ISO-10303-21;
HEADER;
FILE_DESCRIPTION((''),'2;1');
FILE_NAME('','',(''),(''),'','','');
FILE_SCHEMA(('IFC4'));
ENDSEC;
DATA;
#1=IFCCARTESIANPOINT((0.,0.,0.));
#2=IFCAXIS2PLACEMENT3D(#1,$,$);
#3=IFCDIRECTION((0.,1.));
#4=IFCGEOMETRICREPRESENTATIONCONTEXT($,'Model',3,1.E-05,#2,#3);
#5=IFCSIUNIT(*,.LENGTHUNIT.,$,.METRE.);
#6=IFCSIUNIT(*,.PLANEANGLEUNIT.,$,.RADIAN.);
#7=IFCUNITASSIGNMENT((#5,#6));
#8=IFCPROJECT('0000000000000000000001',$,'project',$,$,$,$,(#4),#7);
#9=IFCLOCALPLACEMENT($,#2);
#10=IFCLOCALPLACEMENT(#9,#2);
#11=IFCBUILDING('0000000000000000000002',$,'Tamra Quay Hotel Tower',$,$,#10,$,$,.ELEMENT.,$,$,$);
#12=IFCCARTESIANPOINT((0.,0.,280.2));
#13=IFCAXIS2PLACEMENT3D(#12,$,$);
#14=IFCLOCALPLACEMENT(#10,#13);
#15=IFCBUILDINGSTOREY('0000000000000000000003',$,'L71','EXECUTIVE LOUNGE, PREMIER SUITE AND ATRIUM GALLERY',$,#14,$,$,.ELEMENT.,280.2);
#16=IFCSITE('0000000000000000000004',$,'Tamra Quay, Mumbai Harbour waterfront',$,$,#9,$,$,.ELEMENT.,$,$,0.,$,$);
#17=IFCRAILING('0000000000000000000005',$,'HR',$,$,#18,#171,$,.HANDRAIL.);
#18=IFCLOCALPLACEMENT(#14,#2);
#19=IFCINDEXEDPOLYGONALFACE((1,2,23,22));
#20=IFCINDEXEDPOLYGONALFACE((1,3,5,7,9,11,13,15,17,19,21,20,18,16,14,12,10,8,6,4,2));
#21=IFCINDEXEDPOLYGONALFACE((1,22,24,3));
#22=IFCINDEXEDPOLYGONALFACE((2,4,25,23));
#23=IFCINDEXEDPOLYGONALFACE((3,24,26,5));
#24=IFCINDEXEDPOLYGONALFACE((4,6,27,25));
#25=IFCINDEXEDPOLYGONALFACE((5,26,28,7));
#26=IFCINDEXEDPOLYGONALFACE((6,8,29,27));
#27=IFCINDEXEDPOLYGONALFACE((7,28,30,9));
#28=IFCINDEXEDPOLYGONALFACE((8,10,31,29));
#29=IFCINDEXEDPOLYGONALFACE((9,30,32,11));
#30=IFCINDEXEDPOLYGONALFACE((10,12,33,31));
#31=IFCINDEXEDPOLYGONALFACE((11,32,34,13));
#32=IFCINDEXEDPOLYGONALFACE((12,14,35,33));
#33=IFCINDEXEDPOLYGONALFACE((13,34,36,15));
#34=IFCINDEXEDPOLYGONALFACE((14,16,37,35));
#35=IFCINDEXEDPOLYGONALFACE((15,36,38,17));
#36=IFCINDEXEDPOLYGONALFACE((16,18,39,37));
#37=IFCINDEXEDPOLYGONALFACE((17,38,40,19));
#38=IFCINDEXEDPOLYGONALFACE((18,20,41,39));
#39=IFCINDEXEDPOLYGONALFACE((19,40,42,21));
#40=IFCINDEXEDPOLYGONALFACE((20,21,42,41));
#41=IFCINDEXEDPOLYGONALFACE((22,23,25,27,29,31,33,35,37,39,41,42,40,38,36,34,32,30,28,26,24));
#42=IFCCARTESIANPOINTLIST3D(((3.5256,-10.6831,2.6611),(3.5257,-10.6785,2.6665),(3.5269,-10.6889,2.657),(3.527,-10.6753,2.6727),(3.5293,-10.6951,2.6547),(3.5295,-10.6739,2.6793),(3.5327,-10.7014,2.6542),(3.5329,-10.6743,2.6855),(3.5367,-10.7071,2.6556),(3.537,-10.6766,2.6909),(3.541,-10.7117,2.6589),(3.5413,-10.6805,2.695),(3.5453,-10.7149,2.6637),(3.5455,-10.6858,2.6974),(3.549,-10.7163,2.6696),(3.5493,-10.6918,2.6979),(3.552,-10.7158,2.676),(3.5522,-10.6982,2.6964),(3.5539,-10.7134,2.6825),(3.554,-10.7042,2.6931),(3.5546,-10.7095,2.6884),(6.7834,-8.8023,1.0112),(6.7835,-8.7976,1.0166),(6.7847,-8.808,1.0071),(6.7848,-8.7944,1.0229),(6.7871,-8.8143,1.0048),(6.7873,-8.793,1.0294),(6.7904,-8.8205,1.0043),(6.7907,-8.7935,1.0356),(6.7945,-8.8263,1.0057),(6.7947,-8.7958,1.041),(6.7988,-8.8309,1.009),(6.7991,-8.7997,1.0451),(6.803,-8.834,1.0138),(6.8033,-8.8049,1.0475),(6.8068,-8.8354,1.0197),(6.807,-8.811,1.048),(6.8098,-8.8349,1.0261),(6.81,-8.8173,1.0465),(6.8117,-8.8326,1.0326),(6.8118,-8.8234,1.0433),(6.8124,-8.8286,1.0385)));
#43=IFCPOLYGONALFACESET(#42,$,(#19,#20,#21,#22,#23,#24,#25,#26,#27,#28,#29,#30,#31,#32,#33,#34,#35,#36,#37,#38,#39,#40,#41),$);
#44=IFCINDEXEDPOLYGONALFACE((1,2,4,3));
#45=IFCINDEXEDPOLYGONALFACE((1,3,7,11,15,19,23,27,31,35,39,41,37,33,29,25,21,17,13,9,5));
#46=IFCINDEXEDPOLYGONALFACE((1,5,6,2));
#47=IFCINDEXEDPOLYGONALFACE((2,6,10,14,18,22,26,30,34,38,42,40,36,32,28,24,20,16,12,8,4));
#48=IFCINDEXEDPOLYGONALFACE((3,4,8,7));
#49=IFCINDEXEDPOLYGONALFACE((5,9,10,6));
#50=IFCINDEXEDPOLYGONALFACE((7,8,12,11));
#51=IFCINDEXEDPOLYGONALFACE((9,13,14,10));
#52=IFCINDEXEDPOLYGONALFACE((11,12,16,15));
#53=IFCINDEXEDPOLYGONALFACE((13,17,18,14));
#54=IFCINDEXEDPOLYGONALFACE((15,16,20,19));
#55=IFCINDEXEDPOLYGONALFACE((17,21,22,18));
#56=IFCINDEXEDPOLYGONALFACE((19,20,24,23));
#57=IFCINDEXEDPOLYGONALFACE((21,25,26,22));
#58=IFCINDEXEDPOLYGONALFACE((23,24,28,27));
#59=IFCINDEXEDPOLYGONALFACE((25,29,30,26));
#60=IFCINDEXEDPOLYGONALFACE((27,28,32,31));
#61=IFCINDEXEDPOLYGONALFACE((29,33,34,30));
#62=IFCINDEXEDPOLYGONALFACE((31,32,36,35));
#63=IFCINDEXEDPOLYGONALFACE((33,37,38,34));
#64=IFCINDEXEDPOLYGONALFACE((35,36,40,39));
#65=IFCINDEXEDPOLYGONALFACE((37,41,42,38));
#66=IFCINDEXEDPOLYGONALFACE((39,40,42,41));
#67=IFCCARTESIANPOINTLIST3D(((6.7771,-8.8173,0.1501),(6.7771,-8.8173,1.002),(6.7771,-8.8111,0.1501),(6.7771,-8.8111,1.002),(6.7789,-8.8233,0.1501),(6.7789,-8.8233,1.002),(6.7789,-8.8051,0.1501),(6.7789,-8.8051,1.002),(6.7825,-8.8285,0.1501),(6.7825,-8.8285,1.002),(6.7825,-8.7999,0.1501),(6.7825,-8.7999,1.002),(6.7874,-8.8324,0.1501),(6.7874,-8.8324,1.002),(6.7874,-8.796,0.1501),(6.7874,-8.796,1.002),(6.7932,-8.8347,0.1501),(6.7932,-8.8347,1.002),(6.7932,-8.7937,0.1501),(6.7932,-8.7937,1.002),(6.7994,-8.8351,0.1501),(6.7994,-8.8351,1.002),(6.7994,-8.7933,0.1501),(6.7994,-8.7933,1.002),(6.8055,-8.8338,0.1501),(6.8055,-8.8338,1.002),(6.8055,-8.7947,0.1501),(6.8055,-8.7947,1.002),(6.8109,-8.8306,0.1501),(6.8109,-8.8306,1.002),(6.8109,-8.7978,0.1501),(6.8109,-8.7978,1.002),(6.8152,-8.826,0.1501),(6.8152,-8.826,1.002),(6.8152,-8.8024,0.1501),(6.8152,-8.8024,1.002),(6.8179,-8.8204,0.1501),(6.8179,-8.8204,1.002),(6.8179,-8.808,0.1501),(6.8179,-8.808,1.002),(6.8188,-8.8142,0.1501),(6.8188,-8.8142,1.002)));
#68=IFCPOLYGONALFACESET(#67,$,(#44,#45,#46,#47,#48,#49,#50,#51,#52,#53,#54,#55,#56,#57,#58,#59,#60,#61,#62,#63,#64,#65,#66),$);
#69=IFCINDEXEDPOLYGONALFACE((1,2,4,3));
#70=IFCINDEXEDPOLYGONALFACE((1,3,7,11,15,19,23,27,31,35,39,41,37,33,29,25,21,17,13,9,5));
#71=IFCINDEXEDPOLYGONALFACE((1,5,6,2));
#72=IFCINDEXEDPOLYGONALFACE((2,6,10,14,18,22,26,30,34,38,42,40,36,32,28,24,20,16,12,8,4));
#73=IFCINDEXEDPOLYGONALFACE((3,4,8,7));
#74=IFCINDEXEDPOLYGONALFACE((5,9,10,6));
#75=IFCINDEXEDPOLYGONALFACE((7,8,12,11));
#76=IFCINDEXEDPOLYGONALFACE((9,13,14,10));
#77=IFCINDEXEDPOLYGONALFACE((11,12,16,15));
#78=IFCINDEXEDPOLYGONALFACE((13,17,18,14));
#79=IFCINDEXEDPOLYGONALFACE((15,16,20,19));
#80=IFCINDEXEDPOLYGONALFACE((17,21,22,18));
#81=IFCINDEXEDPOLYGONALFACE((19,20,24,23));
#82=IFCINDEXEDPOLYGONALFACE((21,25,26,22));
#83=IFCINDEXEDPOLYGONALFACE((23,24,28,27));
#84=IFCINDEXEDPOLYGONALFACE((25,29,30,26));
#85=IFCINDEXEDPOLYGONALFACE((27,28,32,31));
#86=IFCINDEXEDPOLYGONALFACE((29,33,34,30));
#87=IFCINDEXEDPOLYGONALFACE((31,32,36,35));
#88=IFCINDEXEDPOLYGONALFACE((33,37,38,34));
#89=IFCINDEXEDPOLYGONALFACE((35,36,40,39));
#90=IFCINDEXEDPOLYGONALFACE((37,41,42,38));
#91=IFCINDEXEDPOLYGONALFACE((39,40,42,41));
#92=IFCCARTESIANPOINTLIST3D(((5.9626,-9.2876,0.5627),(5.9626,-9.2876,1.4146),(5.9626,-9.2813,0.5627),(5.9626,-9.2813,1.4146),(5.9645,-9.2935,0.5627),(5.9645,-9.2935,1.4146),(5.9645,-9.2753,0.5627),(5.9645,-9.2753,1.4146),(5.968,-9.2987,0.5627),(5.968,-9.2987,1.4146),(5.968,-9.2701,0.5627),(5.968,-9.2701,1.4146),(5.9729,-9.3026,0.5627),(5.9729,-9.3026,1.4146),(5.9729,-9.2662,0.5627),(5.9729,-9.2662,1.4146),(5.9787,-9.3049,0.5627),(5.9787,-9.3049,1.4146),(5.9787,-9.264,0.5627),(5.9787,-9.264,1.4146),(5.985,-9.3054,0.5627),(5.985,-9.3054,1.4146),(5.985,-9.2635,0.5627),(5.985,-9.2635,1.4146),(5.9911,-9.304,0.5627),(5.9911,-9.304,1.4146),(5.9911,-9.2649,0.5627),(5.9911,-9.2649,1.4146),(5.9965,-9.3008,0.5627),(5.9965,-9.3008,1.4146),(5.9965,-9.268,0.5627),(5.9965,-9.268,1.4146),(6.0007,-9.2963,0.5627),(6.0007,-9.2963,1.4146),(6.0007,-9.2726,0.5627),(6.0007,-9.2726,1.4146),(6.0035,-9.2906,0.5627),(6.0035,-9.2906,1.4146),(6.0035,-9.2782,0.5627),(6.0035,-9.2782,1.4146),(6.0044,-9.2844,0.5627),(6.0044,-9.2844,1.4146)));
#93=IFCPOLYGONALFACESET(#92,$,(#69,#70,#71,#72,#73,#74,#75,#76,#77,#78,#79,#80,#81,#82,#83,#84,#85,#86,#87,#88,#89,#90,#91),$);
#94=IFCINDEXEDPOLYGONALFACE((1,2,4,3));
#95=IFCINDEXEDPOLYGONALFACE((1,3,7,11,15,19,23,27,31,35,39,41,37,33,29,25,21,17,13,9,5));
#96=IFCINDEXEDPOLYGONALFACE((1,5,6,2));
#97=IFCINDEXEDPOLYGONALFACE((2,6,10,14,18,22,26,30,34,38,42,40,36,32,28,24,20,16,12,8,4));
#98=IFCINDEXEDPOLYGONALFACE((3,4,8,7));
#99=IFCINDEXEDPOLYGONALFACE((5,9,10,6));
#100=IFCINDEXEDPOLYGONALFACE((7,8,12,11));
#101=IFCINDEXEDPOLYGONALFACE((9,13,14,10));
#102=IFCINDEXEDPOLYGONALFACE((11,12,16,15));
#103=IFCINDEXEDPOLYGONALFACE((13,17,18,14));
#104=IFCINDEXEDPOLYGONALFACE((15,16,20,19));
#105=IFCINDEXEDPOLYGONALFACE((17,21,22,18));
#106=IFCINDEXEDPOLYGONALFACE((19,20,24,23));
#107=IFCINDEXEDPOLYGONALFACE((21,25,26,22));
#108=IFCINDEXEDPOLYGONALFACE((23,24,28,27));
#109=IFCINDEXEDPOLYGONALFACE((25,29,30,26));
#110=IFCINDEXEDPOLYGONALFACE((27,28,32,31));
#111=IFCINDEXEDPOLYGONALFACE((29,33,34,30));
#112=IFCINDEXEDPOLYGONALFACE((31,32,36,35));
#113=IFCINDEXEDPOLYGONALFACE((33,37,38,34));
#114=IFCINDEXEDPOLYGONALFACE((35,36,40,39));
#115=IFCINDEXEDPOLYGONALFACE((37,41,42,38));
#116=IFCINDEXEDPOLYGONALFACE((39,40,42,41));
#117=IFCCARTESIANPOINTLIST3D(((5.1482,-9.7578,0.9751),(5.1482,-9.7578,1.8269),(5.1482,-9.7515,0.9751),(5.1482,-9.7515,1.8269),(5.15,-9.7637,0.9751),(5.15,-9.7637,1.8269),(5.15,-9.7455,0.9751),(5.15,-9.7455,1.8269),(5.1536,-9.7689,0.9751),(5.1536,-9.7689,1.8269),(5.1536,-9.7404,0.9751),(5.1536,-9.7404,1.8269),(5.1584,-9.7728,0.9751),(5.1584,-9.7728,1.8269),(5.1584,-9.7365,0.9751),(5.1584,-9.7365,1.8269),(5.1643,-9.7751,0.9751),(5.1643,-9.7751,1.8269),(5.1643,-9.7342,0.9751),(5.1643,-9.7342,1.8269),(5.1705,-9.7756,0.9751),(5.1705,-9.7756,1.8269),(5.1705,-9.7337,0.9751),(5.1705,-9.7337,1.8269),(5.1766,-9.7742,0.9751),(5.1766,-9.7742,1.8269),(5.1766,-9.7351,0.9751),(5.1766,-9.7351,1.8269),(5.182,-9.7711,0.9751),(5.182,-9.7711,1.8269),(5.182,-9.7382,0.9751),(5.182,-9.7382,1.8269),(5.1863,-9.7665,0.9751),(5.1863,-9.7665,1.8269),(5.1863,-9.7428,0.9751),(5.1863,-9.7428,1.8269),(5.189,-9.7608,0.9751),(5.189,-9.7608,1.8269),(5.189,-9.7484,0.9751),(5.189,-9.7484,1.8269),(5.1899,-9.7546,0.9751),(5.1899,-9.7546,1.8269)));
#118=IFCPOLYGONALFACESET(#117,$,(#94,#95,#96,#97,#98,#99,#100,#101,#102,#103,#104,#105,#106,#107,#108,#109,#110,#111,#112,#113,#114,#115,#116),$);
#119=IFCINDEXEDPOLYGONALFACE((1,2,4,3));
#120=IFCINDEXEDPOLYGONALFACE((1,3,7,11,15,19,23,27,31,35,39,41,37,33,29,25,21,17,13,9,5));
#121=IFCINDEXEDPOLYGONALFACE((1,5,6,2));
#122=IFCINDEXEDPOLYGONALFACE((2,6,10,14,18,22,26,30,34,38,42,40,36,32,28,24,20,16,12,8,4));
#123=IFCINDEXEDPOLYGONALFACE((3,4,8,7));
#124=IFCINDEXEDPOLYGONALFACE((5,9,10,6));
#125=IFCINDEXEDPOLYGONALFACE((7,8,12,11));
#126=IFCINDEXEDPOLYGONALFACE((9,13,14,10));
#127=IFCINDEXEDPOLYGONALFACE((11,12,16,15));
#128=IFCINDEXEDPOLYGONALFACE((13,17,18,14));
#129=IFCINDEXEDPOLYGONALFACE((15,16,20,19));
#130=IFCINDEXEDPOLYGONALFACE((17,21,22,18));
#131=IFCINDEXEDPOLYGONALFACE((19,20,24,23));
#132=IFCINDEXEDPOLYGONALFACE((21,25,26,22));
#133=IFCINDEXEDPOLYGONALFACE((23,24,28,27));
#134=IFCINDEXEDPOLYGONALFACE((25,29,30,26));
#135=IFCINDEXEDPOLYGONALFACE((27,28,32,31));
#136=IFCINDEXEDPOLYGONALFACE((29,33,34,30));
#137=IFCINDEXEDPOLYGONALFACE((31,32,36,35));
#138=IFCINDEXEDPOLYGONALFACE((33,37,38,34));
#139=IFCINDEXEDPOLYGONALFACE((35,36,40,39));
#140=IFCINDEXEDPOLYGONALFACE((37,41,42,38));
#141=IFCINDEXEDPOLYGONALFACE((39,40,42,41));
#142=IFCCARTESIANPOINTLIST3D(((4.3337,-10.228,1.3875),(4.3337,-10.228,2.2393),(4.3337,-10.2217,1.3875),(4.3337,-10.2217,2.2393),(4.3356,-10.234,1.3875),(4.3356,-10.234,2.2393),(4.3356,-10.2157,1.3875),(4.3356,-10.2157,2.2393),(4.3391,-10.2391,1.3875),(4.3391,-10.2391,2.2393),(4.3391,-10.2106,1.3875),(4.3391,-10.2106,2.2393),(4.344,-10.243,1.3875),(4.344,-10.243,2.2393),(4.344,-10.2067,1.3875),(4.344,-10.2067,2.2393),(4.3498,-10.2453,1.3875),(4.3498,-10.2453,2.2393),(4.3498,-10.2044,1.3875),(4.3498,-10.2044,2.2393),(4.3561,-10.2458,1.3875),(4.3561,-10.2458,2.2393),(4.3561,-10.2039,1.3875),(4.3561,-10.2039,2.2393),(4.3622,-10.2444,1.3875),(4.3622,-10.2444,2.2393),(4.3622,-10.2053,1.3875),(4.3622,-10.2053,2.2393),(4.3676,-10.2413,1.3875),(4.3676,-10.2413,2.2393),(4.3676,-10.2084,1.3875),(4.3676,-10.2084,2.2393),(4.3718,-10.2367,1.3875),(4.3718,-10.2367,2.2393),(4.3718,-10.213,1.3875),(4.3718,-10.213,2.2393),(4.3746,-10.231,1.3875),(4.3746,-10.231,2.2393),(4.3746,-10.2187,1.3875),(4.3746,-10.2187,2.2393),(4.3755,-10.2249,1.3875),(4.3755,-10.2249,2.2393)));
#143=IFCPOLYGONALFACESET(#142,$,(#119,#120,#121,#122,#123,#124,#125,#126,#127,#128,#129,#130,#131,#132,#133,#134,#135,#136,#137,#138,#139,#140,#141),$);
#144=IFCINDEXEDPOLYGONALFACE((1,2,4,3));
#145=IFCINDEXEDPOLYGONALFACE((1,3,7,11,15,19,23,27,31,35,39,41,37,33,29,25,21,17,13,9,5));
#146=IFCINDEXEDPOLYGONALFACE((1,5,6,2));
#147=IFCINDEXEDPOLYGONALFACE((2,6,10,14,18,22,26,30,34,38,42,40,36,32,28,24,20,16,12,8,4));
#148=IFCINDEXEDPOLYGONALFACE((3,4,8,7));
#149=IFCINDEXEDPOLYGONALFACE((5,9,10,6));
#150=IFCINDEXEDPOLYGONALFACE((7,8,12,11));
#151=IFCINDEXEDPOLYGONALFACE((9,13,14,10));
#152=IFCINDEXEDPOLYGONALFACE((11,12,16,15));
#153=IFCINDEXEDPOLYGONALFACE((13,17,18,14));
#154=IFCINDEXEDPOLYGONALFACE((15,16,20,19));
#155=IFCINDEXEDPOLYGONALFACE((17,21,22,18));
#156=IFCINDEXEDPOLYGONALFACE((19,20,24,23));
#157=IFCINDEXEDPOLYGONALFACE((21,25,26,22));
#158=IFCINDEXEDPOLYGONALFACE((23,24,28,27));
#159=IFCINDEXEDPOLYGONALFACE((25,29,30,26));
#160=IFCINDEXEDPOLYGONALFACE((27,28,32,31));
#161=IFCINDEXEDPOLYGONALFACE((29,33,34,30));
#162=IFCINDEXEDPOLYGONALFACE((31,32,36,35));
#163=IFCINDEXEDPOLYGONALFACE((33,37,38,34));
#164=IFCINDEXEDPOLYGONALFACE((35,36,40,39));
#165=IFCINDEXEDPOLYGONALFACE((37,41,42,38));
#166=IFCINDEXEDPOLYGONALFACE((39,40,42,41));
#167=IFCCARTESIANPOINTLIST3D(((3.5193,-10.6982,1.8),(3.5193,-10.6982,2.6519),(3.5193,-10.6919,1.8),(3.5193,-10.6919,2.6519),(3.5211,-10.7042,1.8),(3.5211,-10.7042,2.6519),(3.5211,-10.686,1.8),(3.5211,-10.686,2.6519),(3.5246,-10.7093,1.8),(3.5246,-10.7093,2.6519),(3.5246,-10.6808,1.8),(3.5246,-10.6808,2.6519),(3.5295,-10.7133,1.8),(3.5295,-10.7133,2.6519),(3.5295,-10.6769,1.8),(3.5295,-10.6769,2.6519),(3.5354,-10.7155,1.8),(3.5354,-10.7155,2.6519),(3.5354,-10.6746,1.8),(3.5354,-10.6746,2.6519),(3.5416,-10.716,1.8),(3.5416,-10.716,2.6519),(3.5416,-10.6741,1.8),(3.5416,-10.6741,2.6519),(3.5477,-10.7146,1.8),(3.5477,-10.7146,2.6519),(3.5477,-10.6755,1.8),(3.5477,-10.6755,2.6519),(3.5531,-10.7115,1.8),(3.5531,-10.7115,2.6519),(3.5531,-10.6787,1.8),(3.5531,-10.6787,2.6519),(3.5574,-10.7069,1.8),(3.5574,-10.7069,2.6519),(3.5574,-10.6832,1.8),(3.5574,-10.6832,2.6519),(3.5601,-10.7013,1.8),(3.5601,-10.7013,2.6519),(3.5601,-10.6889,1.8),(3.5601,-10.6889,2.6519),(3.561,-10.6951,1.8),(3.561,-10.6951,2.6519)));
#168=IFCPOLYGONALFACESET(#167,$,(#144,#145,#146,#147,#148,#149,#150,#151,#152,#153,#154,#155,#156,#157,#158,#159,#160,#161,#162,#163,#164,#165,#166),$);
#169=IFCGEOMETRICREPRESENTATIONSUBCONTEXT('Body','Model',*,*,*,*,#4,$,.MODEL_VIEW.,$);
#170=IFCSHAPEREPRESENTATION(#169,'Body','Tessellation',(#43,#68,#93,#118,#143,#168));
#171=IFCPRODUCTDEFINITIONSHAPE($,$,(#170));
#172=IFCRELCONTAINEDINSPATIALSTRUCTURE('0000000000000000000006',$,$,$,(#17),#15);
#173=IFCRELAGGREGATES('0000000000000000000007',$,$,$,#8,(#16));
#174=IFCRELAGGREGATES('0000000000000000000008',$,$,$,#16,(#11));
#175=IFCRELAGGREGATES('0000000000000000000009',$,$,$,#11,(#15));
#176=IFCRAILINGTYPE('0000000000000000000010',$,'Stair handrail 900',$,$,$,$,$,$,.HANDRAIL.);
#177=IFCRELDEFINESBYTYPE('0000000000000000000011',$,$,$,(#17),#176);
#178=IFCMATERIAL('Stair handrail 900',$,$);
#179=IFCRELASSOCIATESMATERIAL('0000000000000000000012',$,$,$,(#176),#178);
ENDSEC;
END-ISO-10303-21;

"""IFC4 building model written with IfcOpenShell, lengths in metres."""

from ifc_helpers import new_model, si_unit, direction, frame, origin, origin_2d, place, context, subcontext, project, spatial, circle, extrude, material, type_object, element, save


model = new_model("IFC4")

# Units and contexts
model_context = context("Model", 3, precision=1e-05, world=origin(), true_north=direction((0.0, 1.0)))
body_context = subcontext(model_context, "Body", "Model", "MODEL_VIEW")
ifc_project = project(units=[si_unit("LENGTHUNIT", "METRE"), si_unit("PLANEANGLEUNIT", "RADIAN")], contexts=[model_context])

# Site, building, storey
site_placement = place(None, origin())
site = spatial("IfcSite", under=ifc_project, at=site_placement, Name="Tamra Quay, Mumbai Harbour waterfront", CompositionType="ELEMENT", RefElevation=0.0)
building_placement = place(site_placement, origin())
building = spatial("IfcBuilding", under=site, at=building_placement, Name="Tamra Quay Hotel Tower", CompositionType="ELEMENT")
storey_placement = place(building_placement, frame((0.0, 0.0, 280.2)))
storey = spatial("IfcBuildingStorey", under=building, at=storey_placement, Name="L71", Description="EXECUTIVE LOUNGE, PREMIER SUITE AND ATRIUM GALLERY", CompositionType="ELEMENT", Elevation=280.2)

# Railing
ifc_material_1 = material(Name="Stair handrail 900")
railing_type_1 = type_object("IfcRailingType", Name="Stair handrail 900", PredefinedType="HANDRAIL", material=ifc_material_1)
railing_1_placement = place(storey_placement, frame((6.7979, -8.8142, 0.1501)))
element("IfcRailing", 1, at=railing_1_placement, inside=storey, type_object=railing_type_1, Name="HR", PredefinedType="HANDRAIL", context=body_context, shape_type="SweptSolid", body=[
    extrude(circle(Radius=0.0239, at=origin_2d()), frame((0.0, 0.0, 0.876), z_axis=(-0.7931, -0.457887, 0.401661), x_axis=(0.499992, -0.86603, 0.0)), (0.0, 0.0, 1.0), 4.1077),
    extrude(circle(Radius=0.021, at=origin_2d()), origin(), (0.0, 0.0, 1.0), 0.8518),
    extrude(circle(Radius=0.021, at=origin_2d()), frame((-0.8145, -0.4702, 0.4126)), (0.0, 0.0, 1.0), 0.8518),
    extrude(circle(Radius=0.021, at=origin_2d()), frame((-1.6289, -0.9404, 0.825)), (0.0, 0.0, 1.0), 0.8518),
    extrude(circle(Radius=0.021, at=origin_2d()), frame((-2.4434, -1.4106, 1.2373)), (0.0, 0.0, 1.0), 0.8518),
    extrude(circle(Radius=0.021, at=origin_2d()), frame((-3.2578, -1.8809, 1.6499)), (0.0, 0.0, 1.0), 0.8518),
])

save(model, "model.ifc")
